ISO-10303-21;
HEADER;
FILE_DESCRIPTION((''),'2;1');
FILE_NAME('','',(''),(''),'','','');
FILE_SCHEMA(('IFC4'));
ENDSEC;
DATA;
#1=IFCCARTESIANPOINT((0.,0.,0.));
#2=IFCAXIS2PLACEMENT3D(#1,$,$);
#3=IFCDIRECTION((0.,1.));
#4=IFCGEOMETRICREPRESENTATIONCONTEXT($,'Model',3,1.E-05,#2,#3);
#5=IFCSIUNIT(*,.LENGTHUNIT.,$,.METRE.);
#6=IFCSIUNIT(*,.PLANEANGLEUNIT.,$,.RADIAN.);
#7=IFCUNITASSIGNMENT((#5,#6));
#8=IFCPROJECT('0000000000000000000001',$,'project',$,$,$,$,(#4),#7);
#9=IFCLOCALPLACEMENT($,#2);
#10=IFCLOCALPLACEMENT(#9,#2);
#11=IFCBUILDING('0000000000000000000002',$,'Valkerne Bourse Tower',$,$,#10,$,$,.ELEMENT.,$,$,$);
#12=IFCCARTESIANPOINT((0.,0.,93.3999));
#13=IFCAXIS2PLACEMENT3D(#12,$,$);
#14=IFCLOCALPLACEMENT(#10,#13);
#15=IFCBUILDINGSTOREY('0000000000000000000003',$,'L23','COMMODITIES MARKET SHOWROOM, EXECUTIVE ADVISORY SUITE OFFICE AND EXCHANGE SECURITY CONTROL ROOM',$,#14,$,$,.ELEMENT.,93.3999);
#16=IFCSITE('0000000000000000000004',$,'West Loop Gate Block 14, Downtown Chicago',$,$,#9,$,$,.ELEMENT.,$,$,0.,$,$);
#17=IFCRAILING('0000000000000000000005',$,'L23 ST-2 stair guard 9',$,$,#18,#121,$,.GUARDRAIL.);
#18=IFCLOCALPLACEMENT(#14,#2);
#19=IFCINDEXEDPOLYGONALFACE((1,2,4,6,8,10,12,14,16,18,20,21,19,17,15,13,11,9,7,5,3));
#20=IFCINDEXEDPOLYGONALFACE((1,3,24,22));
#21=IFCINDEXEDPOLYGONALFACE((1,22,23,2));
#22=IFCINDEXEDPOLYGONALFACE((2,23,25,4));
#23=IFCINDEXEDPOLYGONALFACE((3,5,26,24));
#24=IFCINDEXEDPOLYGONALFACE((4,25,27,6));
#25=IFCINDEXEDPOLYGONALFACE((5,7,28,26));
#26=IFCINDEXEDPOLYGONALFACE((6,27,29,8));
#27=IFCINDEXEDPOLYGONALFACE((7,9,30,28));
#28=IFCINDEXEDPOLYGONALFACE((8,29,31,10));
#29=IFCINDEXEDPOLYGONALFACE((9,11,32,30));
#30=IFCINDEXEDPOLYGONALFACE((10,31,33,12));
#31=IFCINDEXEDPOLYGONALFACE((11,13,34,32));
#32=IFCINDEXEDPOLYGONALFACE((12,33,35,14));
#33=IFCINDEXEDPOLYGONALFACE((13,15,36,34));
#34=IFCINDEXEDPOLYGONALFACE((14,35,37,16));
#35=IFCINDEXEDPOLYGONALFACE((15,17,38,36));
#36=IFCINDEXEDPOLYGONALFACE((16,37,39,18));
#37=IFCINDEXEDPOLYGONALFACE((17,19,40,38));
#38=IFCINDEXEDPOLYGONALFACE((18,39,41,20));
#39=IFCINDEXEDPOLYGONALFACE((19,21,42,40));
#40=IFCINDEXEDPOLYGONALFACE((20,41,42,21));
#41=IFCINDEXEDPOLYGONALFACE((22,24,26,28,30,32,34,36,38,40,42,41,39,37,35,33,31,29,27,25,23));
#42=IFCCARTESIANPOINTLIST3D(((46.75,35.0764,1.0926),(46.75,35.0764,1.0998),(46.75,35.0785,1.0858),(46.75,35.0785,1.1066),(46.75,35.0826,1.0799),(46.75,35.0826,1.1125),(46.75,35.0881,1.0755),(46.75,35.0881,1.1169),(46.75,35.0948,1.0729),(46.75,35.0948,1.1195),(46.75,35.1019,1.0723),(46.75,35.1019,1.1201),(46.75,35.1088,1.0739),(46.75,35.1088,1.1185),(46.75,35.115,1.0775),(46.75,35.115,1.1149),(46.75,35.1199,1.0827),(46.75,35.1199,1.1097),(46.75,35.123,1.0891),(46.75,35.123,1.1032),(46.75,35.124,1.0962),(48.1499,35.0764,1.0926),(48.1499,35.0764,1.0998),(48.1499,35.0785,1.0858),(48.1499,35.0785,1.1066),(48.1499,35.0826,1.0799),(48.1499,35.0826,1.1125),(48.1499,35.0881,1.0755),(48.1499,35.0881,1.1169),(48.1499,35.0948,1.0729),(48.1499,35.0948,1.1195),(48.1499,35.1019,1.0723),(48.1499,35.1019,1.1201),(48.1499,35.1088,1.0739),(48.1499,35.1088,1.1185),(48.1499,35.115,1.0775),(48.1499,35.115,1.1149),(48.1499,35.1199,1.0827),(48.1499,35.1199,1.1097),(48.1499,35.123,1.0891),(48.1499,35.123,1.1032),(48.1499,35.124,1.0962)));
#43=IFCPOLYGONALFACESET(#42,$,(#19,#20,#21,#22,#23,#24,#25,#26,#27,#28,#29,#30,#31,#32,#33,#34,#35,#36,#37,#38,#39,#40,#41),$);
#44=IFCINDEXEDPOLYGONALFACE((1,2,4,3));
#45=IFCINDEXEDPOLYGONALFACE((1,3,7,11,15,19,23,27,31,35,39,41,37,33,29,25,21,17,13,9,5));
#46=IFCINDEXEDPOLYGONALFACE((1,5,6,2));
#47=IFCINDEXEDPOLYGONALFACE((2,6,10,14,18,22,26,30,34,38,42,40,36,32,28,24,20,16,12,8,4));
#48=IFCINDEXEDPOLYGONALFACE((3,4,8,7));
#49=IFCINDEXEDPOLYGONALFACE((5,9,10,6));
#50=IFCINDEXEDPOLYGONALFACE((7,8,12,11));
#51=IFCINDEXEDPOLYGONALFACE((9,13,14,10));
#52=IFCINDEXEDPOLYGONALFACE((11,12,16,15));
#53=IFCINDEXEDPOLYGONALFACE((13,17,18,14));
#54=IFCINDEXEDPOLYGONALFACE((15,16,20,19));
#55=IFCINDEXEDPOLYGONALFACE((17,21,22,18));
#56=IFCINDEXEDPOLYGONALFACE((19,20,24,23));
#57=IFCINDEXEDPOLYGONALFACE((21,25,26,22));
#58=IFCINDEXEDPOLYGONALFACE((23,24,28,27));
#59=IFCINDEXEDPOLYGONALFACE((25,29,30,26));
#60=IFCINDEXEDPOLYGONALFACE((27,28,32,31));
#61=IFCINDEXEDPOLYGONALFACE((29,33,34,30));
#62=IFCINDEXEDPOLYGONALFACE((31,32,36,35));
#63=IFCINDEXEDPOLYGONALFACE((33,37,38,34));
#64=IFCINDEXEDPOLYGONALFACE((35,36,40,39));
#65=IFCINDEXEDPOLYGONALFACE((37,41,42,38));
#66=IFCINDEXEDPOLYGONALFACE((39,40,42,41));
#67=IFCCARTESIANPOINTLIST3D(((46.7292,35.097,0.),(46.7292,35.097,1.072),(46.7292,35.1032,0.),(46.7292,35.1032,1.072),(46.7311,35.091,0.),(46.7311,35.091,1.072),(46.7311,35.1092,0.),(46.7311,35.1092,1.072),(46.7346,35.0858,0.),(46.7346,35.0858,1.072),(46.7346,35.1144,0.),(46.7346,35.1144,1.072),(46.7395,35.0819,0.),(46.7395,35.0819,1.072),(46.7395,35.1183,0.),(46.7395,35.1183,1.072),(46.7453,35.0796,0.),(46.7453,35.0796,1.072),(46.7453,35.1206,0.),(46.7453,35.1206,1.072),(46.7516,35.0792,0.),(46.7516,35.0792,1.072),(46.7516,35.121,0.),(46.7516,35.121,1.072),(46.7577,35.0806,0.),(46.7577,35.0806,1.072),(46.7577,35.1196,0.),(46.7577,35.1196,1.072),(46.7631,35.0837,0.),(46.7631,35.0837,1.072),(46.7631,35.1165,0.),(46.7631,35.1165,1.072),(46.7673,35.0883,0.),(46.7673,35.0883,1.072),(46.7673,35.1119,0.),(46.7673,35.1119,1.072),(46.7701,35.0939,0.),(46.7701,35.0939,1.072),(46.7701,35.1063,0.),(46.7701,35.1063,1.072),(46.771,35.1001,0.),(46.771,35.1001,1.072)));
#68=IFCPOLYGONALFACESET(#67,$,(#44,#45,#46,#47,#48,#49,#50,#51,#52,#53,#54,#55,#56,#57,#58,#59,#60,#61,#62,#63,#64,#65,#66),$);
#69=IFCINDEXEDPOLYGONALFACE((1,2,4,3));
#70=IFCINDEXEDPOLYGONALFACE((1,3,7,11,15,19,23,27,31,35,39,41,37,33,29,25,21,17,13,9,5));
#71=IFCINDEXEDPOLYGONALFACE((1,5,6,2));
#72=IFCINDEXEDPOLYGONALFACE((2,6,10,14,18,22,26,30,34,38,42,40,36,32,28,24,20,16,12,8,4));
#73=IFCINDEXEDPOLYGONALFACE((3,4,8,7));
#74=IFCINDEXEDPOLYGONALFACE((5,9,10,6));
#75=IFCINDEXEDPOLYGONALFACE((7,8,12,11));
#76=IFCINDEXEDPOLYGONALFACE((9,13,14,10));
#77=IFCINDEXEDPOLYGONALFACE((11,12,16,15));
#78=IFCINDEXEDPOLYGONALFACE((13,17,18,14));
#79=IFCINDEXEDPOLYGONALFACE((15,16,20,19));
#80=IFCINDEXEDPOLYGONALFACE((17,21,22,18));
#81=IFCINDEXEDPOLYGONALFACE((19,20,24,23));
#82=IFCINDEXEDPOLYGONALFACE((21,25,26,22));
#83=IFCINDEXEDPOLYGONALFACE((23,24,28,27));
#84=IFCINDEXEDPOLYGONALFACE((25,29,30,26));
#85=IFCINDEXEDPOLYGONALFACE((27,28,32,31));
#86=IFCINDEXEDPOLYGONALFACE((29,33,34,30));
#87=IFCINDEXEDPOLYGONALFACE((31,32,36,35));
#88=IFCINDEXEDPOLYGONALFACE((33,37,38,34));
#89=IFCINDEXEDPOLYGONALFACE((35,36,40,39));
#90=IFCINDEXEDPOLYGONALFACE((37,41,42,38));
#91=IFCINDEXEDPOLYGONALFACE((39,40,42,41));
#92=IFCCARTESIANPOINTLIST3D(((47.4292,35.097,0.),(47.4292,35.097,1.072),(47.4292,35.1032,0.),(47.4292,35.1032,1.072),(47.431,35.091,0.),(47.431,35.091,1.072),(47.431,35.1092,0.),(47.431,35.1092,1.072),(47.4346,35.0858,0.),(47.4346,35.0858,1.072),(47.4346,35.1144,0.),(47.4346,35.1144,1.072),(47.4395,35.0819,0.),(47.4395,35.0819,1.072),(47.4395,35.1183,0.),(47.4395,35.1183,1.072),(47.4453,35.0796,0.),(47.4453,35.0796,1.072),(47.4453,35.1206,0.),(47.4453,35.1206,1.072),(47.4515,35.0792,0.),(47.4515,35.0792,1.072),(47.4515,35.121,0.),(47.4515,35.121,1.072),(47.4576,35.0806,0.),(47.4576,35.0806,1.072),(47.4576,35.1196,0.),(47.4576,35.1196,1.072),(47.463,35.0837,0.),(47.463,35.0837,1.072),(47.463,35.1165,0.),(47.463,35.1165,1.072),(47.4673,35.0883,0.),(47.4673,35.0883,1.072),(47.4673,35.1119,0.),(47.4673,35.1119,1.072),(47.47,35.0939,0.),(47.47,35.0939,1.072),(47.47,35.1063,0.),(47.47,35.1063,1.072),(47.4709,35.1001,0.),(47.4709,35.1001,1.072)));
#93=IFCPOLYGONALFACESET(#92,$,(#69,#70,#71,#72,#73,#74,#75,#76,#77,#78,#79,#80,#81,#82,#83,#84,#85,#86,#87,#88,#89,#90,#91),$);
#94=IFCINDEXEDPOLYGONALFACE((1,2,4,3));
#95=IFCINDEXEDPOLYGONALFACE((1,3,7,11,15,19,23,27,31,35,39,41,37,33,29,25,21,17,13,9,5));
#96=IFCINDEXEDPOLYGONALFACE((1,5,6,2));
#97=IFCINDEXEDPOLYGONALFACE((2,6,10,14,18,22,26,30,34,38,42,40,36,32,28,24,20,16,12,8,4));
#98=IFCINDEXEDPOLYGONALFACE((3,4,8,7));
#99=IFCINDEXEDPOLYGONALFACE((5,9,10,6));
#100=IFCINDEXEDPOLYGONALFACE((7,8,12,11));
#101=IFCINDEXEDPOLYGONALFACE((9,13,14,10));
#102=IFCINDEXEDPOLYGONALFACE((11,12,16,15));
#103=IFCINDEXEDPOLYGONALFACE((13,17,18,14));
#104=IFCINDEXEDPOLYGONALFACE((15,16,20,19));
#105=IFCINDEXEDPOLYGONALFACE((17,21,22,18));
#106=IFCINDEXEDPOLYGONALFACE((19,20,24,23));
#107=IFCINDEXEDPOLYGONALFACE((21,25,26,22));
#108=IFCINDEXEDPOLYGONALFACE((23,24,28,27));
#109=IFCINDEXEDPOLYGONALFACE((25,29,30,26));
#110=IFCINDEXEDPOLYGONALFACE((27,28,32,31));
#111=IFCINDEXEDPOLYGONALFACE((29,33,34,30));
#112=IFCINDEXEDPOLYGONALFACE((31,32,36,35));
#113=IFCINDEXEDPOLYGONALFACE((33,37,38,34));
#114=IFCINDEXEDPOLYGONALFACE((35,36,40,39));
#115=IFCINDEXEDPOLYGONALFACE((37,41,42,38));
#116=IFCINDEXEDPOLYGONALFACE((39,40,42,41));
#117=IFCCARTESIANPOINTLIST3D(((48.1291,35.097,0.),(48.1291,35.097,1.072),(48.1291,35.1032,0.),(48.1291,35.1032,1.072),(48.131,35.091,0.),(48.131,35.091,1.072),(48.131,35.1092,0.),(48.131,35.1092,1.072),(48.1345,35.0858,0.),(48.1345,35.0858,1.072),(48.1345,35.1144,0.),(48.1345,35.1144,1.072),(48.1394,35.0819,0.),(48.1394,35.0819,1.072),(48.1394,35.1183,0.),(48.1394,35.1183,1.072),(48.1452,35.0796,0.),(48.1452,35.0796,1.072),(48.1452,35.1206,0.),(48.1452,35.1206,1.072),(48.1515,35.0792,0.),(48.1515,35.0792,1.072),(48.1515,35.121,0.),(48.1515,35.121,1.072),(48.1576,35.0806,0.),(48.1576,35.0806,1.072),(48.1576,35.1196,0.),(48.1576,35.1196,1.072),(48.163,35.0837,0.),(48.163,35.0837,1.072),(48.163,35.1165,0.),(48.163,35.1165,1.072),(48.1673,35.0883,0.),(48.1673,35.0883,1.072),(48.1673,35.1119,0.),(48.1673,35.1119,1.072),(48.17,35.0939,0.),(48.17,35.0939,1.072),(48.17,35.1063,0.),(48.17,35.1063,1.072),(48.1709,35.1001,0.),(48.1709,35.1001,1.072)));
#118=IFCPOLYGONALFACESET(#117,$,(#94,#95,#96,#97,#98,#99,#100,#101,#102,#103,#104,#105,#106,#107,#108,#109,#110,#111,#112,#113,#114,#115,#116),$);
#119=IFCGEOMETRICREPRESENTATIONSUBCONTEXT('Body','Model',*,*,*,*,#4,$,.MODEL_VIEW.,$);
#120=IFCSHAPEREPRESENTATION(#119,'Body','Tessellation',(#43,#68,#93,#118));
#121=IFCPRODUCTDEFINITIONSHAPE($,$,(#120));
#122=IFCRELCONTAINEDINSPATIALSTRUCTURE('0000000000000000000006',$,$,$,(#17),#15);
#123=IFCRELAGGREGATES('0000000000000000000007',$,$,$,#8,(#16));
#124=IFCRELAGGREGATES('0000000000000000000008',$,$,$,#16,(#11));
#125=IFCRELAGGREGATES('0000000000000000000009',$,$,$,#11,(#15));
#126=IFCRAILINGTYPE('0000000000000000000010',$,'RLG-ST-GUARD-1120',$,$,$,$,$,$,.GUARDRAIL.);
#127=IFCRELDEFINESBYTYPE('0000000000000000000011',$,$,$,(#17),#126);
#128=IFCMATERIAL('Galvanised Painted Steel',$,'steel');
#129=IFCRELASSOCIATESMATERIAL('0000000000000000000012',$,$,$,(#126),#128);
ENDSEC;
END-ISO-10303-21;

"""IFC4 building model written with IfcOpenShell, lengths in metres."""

from ifc_helpers import new_model, si_unit, direction, frame, origin, origin_2d, place, context, subcontext, project, spatial, circle, extrude, material, type_object, element, save


model = new_model("IFC4")

# Units and contexts
model_context = context("Model", 3, precision=1e-05, world=origin(), true_north=direction((0.0, 1.0)))
body_context = subcontext(model_context, "Body", "Model", "MODEL_VIEW")
ifc_project = project(units=[si_unit("LENGTHUNIT", "METRE"), si_unit("PLANEANGLEUNIT", "RADIAN")], contexts=[model_context])

# Site, building, storey
site_placement = place(None, origin())
site = spatial("IfcSite", under=ifc_project, at=site_placement, Name="West Loop Gate Block 14, Downtown Chicago", CompositionType="ELEMENT", RefElevation=0.0)
building_placement = place(site_placement, origin())
building = spatial("IfcBuilding", under=site, at=building_placement, Name="Valkerne Bourse Tower", CompositionType="ELEMENT")
storey_placement = place(building_placement, frame((0.0, 0.0, 93.3999)))
storey = spatial("IfcBuildingStorey", under=building, at=storey_placement, Name="L23", Description="COMMODITIES MARKET SHOWROOM, EXECUTIVE ADVISORY SUITE OFFICE AND EXCHANGE SECURITY CONTROL ROOM", CompositionType="ELEMENT", Elevation=93.3999)

# Shared definitions
ifc_material_1 = material(Name="Galvanised Painted Steel", Category="steel")

# Railing
railing_type_1 = type_object("IfcRailingType", Name="RLG-ST-GUARD-1120", PredefinedType="GUARDRAIL", material=ifc_material_1)
for number, where, name in (
    (1, (46.75, 35.1001, 0.0), "L23 ST-2 stair guard 9"),
):
    element("IfcRailing", number, at=place(storey_placement, frame(where)), inside=storey, type_object=railing_type_1, Name=name, PredefinedType="GUARDRAIL", context=body_context, shape_type="SweptSolid", body=[
        extrude(circle(Radius=0.0239, at=origin_2d()), frame((0.0, 0.0, 1.0962), z_axis=(1.0, 0.0, 0.0), x_axis=(0.0, 1.0, 0.0)), (0.0, 0.0, 1.0), 1.3999),
        extrude(circle(Radius=0.021, at=origin_2d()), origin(), (0.0, 0.0, 1.0), 1.072),
        extrude(circle(Radius=0.021, at=origin_2d()), frame((0.7, 0.0, 0.0)), (0.0, 0.0, 1.0), 1.072),
        extrude(circle(Radius=0.021, at=origin_2d()), frame((1.3999, 0.0, 0.0)), (0.0, 0.0, 1.0), 1.072),
    ])

save(model, "model.ifc")
